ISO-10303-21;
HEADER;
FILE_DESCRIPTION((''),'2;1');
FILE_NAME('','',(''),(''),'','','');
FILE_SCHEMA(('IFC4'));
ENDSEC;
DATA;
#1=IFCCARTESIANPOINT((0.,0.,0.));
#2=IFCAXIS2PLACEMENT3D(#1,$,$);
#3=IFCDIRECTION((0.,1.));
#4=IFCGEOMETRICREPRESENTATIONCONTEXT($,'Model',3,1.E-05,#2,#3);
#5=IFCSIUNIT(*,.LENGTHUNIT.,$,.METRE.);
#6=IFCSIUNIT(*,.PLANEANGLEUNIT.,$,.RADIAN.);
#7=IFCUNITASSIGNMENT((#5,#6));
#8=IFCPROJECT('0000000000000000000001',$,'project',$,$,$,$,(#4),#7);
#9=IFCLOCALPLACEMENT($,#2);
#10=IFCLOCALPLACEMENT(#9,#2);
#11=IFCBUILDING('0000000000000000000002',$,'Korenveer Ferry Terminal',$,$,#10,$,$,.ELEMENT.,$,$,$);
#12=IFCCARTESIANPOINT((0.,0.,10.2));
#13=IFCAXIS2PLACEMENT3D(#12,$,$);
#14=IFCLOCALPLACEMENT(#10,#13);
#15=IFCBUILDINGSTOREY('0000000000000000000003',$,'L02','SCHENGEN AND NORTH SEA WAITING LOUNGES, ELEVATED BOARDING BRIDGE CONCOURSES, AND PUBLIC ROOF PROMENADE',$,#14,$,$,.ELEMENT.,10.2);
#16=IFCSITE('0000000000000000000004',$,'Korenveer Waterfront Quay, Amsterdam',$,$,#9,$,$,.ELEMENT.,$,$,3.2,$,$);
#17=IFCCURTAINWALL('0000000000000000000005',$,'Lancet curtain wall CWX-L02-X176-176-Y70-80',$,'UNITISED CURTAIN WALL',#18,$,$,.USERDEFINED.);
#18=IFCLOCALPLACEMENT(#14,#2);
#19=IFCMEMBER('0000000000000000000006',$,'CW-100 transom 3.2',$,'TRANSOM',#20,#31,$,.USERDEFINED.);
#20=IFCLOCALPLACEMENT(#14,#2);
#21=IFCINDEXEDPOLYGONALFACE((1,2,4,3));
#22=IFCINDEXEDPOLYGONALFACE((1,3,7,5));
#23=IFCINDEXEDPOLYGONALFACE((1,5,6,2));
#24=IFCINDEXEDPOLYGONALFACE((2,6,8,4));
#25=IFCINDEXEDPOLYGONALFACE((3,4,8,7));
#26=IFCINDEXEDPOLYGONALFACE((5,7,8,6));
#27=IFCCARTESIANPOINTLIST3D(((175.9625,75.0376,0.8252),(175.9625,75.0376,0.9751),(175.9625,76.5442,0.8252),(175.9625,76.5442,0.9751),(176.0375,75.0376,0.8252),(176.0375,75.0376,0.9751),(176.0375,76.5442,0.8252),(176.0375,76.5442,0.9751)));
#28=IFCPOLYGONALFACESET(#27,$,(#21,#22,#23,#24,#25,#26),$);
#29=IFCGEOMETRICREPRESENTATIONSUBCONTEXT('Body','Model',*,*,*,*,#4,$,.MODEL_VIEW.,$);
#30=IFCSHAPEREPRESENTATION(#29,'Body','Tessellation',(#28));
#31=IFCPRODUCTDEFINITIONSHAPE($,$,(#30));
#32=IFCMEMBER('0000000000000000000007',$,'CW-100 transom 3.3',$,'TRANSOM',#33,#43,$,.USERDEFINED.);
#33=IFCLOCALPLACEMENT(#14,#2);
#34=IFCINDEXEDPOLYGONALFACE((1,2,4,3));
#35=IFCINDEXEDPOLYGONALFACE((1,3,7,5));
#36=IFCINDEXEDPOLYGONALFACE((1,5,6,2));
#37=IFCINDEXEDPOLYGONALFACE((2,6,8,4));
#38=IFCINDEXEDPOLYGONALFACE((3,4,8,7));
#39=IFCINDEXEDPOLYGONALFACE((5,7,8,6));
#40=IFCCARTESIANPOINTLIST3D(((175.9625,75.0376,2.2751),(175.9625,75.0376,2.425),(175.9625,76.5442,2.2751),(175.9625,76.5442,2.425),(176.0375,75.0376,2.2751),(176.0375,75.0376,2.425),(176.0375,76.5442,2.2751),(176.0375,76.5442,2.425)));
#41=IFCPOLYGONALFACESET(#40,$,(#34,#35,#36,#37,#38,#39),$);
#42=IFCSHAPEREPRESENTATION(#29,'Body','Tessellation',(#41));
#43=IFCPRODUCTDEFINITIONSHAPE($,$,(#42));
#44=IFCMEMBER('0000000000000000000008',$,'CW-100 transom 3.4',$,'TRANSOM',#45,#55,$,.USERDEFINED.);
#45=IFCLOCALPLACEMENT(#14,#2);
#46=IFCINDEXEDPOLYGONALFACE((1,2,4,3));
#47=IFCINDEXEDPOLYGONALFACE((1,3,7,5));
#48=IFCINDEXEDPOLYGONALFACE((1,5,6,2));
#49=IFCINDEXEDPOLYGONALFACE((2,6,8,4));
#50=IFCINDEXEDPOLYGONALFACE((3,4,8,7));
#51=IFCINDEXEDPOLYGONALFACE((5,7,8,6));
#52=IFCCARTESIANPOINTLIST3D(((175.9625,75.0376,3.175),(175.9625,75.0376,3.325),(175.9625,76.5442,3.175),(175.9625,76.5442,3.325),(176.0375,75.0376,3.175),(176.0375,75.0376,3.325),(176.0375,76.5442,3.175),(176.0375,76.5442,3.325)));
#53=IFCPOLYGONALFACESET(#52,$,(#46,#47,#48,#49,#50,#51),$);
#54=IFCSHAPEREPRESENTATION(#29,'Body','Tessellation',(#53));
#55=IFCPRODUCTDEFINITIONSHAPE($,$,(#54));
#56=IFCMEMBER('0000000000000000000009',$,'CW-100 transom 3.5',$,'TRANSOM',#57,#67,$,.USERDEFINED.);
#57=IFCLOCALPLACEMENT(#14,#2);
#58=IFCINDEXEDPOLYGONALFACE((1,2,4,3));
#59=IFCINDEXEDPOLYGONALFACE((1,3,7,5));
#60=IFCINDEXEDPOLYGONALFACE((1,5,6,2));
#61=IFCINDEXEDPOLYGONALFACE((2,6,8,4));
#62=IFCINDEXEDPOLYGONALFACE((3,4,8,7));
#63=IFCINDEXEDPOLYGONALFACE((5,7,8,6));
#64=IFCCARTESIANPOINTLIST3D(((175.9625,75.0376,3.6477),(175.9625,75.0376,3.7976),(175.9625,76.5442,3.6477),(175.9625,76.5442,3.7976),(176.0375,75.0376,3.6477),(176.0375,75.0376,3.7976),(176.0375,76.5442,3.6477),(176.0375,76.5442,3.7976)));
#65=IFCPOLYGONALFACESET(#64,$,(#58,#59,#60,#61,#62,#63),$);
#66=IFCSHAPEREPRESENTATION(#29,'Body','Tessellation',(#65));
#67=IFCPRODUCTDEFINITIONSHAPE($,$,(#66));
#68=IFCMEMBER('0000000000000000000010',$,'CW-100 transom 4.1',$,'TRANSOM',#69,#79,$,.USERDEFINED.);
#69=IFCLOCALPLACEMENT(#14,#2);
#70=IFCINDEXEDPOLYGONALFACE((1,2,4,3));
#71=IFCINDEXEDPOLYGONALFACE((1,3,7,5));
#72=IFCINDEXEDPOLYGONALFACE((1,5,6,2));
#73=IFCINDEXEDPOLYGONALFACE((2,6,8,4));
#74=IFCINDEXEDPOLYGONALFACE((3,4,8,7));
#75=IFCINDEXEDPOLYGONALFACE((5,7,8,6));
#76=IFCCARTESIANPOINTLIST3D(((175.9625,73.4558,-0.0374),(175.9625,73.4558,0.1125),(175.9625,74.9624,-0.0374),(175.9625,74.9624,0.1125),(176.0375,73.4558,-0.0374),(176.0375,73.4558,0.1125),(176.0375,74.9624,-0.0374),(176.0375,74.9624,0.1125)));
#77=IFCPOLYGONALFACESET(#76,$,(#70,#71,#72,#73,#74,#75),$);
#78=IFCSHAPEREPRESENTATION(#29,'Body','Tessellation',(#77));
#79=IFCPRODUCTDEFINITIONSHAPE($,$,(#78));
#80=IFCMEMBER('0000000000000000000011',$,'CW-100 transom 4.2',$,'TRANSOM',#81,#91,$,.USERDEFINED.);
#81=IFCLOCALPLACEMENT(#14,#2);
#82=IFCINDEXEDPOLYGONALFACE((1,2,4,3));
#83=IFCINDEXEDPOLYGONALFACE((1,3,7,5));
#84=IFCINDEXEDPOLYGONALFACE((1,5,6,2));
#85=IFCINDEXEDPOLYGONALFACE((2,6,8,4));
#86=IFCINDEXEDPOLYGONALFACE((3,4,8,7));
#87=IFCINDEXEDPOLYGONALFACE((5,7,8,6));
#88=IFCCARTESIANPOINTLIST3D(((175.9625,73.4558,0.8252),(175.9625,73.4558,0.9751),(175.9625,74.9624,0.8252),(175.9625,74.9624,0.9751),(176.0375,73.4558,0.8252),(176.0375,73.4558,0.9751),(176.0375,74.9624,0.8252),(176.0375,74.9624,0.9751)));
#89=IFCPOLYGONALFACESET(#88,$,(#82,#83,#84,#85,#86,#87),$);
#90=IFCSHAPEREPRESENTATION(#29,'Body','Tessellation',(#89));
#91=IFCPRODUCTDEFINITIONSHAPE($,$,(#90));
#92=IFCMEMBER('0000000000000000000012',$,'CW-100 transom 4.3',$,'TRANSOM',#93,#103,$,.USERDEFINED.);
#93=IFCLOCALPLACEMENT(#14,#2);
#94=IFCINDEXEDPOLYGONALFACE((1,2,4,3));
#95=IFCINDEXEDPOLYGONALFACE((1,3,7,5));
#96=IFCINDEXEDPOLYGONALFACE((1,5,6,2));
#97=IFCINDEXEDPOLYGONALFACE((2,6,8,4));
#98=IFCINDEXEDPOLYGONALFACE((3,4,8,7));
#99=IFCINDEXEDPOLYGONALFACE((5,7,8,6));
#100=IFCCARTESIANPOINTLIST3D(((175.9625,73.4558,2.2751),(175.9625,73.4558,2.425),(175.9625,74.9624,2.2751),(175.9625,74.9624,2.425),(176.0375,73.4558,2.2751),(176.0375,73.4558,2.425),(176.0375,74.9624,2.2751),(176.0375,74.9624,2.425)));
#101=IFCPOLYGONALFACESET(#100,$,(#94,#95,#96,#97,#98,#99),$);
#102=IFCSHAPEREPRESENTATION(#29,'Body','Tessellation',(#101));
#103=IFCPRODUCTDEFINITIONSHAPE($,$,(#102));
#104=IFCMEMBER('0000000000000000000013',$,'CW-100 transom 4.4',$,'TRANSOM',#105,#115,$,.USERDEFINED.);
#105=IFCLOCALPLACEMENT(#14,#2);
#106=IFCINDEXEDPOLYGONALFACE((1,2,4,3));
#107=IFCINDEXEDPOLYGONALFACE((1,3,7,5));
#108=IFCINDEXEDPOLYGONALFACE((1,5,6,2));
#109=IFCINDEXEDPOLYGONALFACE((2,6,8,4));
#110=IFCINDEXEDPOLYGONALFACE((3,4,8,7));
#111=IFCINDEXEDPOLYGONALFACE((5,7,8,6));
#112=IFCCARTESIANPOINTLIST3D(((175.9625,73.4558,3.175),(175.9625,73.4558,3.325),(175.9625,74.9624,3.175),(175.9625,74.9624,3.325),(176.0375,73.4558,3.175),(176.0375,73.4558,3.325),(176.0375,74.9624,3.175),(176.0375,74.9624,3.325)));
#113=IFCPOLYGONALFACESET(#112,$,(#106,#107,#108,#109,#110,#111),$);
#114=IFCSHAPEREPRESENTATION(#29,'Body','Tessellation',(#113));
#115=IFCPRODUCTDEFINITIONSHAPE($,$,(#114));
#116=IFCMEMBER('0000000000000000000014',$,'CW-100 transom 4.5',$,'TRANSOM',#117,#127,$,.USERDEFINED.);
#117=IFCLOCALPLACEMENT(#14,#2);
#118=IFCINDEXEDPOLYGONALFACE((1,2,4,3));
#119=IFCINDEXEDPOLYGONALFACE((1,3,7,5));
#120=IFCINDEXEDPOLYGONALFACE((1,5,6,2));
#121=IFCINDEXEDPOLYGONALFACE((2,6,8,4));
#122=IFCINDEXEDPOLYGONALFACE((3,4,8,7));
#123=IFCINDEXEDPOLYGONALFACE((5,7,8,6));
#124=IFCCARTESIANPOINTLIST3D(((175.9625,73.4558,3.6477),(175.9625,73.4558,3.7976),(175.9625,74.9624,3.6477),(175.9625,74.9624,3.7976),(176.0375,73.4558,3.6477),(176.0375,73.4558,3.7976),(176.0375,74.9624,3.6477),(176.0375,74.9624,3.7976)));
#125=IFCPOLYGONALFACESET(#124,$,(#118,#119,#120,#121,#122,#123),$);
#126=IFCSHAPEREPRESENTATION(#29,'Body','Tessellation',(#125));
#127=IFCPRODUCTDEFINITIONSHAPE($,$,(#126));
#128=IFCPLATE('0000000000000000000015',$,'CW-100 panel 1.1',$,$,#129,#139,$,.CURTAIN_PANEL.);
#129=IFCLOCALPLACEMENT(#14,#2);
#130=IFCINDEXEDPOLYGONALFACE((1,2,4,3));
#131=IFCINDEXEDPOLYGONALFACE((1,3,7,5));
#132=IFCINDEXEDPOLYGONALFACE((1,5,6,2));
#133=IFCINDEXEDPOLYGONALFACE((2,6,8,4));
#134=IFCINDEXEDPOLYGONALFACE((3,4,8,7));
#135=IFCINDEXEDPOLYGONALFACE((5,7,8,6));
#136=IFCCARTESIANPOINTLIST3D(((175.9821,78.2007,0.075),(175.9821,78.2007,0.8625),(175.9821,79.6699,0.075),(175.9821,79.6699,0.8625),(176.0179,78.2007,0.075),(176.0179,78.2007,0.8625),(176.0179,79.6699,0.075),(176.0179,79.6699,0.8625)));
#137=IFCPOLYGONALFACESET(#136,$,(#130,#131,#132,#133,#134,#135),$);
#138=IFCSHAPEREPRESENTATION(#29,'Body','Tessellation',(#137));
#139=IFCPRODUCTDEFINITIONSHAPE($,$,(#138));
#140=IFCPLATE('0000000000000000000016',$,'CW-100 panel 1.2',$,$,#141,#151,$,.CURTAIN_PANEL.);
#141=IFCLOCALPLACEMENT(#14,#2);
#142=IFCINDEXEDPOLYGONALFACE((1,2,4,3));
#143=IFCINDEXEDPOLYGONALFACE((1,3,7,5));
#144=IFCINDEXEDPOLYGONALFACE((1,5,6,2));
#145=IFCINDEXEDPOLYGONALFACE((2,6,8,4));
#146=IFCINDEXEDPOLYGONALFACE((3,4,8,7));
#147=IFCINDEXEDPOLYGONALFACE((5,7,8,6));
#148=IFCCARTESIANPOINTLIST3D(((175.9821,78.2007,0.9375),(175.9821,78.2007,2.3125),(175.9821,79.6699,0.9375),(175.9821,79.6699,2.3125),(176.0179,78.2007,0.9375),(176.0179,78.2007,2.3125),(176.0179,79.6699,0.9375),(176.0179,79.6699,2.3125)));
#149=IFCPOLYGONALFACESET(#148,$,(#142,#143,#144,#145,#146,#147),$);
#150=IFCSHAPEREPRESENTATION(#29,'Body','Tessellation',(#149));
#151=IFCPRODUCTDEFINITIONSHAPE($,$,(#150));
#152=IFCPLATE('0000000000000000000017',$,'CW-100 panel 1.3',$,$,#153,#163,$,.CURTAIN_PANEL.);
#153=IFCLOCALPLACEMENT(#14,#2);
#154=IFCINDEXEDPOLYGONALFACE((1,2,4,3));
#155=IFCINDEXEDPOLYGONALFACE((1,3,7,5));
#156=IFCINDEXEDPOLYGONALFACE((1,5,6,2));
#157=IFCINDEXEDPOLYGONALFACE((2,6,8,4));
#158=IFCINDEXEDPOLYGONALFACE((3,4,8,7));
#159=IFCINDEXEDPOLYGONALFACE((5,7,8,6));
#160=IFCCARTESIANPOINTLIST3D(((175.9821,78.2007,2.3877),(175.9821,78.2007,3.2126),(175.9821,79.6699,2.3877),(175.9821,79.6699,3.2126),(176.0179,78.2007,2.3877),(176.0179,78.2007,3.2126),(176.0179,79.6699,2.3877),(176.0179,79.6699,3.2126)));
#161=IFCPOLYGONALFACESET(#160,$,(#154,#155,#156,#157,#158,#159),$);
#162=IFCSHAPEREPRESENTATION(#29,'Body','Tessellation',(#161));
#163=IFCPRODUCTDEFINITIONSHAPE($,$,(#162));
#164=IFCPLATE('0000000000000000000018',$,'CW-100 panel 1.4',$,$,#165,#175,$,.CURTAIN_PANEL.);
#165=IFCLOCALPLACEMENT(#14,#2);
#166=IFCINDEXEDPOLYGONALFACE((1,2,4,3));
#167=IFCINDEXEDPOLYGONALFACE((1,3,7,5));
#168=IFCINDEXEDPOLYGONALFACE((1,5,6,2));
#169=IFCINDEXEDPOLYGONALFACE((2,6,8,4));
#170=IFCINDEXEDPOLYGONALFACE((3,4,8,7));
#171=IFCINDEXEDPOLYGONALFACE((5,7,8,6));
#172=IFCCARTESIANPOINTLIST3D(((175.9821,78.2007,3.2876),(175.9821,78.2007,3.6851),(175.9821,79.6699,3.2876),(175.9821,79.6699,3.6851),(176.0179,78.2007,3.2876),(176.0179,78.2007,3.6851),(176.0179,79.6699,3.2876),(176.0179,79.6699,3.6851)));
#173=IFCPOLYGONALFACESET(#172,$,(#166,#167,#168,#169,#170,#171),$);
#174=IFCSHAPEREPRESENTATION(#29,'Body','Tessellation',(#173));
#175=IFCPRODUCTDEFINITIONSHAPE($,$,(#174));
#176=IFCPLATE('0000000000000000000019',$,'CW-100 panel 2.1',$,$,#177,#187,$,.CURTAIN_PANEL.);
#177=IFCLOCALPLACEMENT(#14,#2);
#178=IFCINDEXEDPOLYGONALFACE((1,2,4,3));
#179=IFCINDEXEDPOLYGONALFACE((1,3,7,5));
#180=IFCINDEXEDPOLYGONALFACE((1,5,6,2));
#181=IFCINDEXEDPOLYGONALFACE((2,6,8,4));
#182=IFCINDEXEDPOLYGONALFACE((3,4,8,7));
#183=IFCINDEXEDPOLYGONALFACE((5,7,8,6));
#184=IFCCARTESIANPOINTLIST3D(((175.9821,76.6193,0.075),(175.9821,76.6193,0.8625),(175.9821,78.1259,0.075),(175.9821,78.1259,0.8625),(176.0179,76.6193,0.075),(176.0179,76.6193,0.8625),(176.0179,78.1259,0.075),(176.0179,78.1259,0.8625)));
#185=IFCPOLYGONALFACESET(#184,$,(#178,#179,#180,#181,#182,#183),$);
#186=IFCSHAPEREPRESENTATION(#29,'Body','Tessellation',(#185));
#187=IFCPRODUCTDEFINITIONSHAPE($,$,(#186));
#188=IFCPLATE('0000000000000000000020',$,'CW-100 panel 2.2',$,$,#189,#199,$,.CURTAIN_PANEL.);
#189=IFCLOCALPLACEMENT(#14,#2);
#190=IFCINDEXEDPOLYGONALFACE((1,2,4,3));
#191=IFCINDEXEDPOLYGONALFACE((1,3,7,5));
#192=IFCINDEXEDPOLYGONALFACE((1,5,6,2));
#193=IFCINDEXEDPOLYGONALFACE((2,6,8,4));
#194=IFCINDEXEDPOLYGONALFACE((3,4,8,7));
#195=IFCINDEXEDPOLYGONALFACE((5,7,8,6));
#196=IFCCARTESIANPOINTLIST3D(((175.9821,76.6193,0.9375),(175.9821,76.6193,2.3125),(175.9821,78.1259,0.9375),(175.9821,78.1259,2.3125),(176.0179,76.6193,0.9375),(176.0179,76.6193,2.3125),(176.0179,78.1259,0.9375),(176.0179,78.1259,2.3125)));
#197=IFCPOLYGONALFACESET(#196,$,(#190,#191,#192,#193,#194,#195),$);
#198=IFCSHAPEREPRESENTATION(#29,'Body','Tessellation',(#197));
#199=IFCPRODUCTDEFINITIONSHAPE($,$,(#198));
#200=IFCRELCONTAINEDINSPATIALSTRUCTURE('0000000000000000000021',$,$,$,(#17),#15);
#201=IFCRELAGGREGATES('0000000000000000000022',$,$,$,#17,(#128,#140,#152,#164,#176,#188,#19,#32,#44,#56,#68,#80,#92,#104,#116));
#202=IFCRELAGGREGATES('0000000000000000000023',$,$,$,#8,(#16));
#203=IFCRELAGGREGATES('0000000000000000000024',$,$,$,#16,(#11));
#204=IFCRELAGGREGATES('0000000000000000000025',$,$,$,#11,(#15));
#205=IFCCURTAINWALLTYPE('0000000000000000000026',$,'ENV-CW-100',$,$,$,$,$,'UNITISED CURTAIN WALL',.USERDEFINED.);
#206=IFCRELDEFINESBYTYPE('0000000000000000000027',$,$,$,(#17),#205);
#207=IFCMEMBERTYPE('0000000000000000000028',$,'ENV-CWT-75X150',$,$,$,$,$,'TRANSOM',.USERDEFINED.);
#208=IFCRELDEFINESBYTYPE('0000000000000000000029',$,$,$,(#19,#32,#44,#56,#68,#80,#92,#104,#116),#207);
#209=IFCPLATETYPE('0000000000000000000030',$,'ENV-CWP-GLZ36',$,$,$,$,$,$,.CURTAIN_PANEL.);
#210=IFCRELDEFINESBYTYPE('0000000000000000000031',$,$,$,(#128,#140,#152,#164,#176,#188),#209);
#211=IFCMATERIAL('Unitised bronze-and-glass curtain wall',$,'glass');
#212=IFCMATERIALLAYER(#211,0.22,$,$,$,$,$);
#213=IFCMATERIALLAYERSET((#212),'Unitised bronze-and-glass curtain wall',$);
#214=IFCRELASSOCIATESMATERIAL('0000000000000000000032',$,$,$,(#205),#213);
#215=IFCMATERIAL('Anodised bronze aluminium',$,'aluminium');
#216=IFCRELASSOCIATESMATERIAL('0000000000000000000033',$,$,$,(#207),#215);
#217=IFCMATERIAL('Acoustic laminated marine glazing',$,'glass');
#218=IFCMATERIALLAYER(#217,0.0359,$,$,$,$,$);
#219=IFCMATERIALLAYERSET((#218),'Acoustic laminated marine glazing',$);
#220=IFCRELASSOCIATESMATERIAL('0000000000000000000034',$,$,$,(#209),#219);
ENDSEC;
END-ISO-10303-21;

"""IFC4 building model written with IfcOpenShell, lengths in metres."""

from ifc_helpers import new_model, si_unit, direction, frame, origin, origin_2d, place, context, subcontext, project, spatial, rectangle, extrude, material, layer, layer_set, material_profile, profile_set, type_object, element, aggregate, save


model = new_model("IFC4")

# Units and contexts
model_context = context("Model", 3, precision=1e-05, world=origin(), true_north=direction((0.0, 1.0)))
body_context = subcontext(model_context, "Body", "Model", "MODEL_VIEW")
ifc_project = project(units=[si_unit("LENGTHUNIT", "METRE"), si_unit("PLANEANGLEUNIT", "RADIAN")], contexts=[model_context])

# Site, building, storey
site_placement = place(None, origin())
site = spatial("IfcSite", under=ifc_project, at=site_placement, Name="Korenveer Waterfront Quay, Amsterdam", CompositionType="ELEMENT", RefElevation=3.2)
building_placement = place(site_placement, origin())
building = spatial("IfcBuilding", under=site, at=building_placement, Name="Korenveer Ferry Terminal", CompositionType="ELEMENT")
storey_placement = place(building_placement, frame((0.0, 0.0, 10.2)))
storey = spatial("IfcBuildingStorey", under=building, at=storey_placement, Name="L02", Description="SCHENGEN AND NORTH SEA WAITING LOUNGES, ELEVATED BOARDING BRIDGE CONCOURSES, AND PUBLIC ROOF PROMENADE", CompositionType="ELEMENT", Elevation=10.2)

# Curtain wall, members, plates
ifc_material_1 = material(Name="Unitised bronze-and-glass curtain wall", Category="glass")
ifc_layer_1 = layer(ifc_material_1, 0.22)
ifc_layer_set_1 = layer_set([ifc_layer_1], Name="Unitised bronze-and-glass curtain wall")
curtain_wall_type = type_object("IfcCurtainWallType", Name="ENV-CW-100", ElementType="UNITISED CURTAIN WALL", PredefinedType="USERDEFINED", material=ifc_layer_set_1)
curtain_wall_placement = place(storey_placement, frame((176.0, 79.7451, 0.0)))
curtain_wall = element("IfcCurtainWall", 1, at=curtain_wall_placement, inside=storey, type_object=curtain_wall_type, Name="Lancet curtain wall CWX-L02-X176-176-Y70-80", ObjectType="UNITISED CURTAIN WALL", PredefinedType="USERDEFINED")
ifc_material_2 = material(Name="Anodised bronze aluminium", Category="aluminium")
ifc_material_profile_1 = material_profile(ifc_material_2, rectangle(XDim=0.075, YDim=0.1499, at=origin_2d()), Name="ALU 75x150")
ifc_profile_set_1 = profile_set([ifc_material_profile_1], Name="Anodised bronze aluminium")
member_type_1 = type_object("IfcMemberType", Name="ENV-CWT-75X150", ElementType="TRANSOM", PredefinedType="USERDEFINED", material=ifc_profile_set_1)
member_1_placement = place(storey_placement, frame((176.0, 76.5442, 0.9001), z_axis=(0.0, -1.0, 0.0), x_axis=(1.0, 0.0, 0.0)))
member_1 = element("IfcMember", 2, at=member_1_placement, type_object=member_type_1, Name="CW-100 transom 3.2", ObjectType="TRANSOM", PredefinedType="USERDEFINED", context=body_context, shape_type="SweptSolid", body=[
    extrude(rectangle(XDim=0.075, YDim=0.1499, at=origin_2d()), origin(), (0.0, 0.0, 1.0), 1.5066),
])
member_2_placement = place(storey_placement, frame((176.0, 76.5442, 2.3501), z_axis=(0.0, -1.0, 0.0), x_axis=(1.0, 0.0, 0.0)))
member_2 = element("IfcMember", 3, at=member_2_placement, type_object=member_type_1, Name="CW-100 transom 3.3", ObjectType="TRANSOM", PredefinedType="USERDEFINED", context=body_context, shape_type="SweptSolid", body=[
    extrude(rectangle(XDim=0.075, YDim=0.1499, at=origin_2d()), origin(), (0.0, 0.0, 1.0), 1.5066),
])
member_3_placement = place(storey_placement, frame((176.0, 76.5442, 3.25), z_axis=(0.0, -1.0, 0.0), x_axis=(1.0, 0.0, 0.0)))
member_3 = element("IfcMember", 4, at=member_3_placement, type_object=member_type_1, Name="CW-100 transom 3.4", ObjectType="TRANSOM", PredefinedType="USERDEFINED", context=body_context, shape_type="SweptSolid", body=[
    extrude(rectangle(XDim=0.075, YDim=0.1499, at=origin_2d()), origin(), (0.0, 0.0, 1.0), 1.5066),
])
member_4_placement = place(storey_placement, frame((176.0, 76.5442, 3.7227), z_axis=(0.0, -1.0, 0.0), x_axis=(1.0, 0.0, 0.0)))
member_4 = element("IfcMember", 5, at=member_4_placement, type_object=member_type_1, Name="CW-100 transom 3.5", ObjectType="TRANSOM", PredefinedType="USERDEFINED", context=body_context, shape_type="SweptSolid", body=[
    extrude(rectangle(XDim=0.075, YDim=0.1499, at=origin_2d()), origin(), (0.0, 0.0, 1.0), 1.5066),
])
member_5_placement = place(storey_placement, frame((176.0, 74.9624, 0.0376), z_axis=(0.0, -1.0, 0.0), x_axis=(1.0, 0.0, 0.0)))
member_5 = element("IfcMember", 6, at=member_5_placement, type_object=member_type_1, Name="CW-100 transom 4.1", ObjectType="TRANSOM", PredefinedType="USERDEFINED", context=body_context, shape_type="SweptSolid", body=[
    extrude(rectangle(XDim=0.075, YDim=0.1499, at=origin_2d()), origin(), (0.0, 0.0, 1.0), 1.5066),
])
member_6_placement = place(storey_placement, frame((176.0, 74.9624, 0.9001), z_axis=(0.0, -1.0, 0.0), x_axis=(1.0, 0.0, 0.0)))
member_6 = element("IfcMember", 7, at=member_6_placement, type_object=member_type_1, Name="CW-100 transom 4.2", ObjectType="TRANSOM", PredefinedType="USERDEFINED", context=body_context, shape_type="SweptSolid", body=[
    extrude(rectangle(XDim=0.075, YDim=0.1499, at=origin_2d()), origin(), (0.0, 0.0, 1.0), 1.5066),
])
member_7_placement = place(storey_placement, frame((176.0, 74.9624, 2.3501), z_axis=(0.0, -1.0, 0.0), x_axis=(1.0, 0.0, 0.0)))
member_7 = element("IfcMember", 8, at=member_7_placement, type_object=member_type_1, Name="CW-100 transom 4.3", ObjectType="TRANSOM", PredefinedType="USERDEFINED", context=body_context, shape_type="SweptSolid", body=[
    extrude(rectangle(XDim=0.075, YDim=0.1499, at=origin_2d()), origin(), (0.0, 0.0, 1.0), 1.5066),
])
member_8_placement = place(storey_placement, frame((176.0, 74.9624, 3.25), z_axis=(0.0, -1.0, 0.0), x_axis=(1.0, 0.0, 0.0)))
member_8 = element("IfcMember", 9, at=member_8_placement, type_object=member_type_1, Name="CW-100 transom 4.4", ObjectType="TRANSOM", PredefinedType="USERDEFINED", context=body_context, shape_type="SweptSolid", body=[
    extrude(rectangle(XDim=0.075, YDim=0.1499, at=origin_2d()), origin(), (0.0, 0.0, 1.0), 1.5066),
])
member_9_placement = place(storey_placement, frame((176.0, 74.9624, 3.7227), z_axis=(0.0, -1.0, 0.0), x_axis=(1.0, 0.0, 0.0)))
member_9 = element("IfcMember", 10, at=member_9_placement, type_object=member_type_1, Name="CW-100 transom 4.5", ObjectType="TRANSOM", PredefinedType="USERDEFINED", context=body_context, shape_type="SweptSolid", body=[
    extrude(rectangle(XDim=0.075, YDim=0.1499, at=origin_2d()), origin(), (0.0, 0.0, 1.0), 1.5066),
])
ifc_material_3 = material(Name="Acoustic laminated marine glazing", Category="glass")
ifc_layer_2 = layer(ifc_material_3, 0.0359)
ifc_layer_set_2 = layer_set([ifc_layer_2], Name="Acoustic laminated marine glazing")
plate_type = type_object("IfcPlateType", Name="ENV-CWP-GLZ36", PredefinedType="CURTAIN_PANEL", material=ifc_layer_set_2)
plate_1_placement = place(storey_placement, frame((176.0, 78.9353, 0.075), z_axis=(0.0, 0.0, 1.0), x_axis=(0.0, -1.0, 0.0)))
plate_1 = element("IfcPlate", 11, at=plate_1_placement, type_object=plate_type, Name="CW-100 panel 1.1", PredefinedType="CURTAIN_PANEL", context=body_context, shape_type="SweptSolid", body=[
    extrude(rectangle(XDim=1.4692, YDim=0.0359, at=origin_2d()), origin(), (0.0, 0.0, 1.0), 0.7876),
])
plate_2_placement = place(storey_placement, frame((176.0, 78.9353, 0.9375), z_axis=(0.0, 0.0, 1.0), x_axis=(0.0, -1.0, 0.0)))
plate_2 = element("IfcPlate", 12, at=plate_2_placement, type_object=plate_type, Name="CW-100 panel 1.2", PredefinedType="CURTAIN_PANEL", context=body_context, shape_type="SweptSolid", body=[
    extrude(rectangle(XDim=1.4692, YDim=0.0359, at=origin_2d()), origin(), (0.0, 0.0, 1.0), 1.375),
])
plate_3_placement = place(storey_placement, frame((176.0, 78.9353, 2.3877), z_axis=(0.0, 0.0, 1.0), x_axis=(0.0, -1.0, 0.0)))
plate_3 = element("IfcPlate", 13, at=plate_3_placement, type_object=plate_type, Name="CW-100 panel 1.3", PredefinedType="CURTAIN_PANEL", context=body_context, shape_type="SweptSolid", body=[
    extrude(rectangle(XDim=1.4692, YDim=0.0359, at=origin_2d()), origin(), (0.0, 0.0, 1.0), 0.825),
])
plate_4_placement = place(storey_placement, frame((176.0, 78.9353, 3.2876), z_axis=(0.0, 0.0, 1.0), x_axis=(0.0, -1.0, 0.0)))
plate_4 = element("IfcPlate", 14, at=plate_4_placement, type_object=plate_type, Name="CW-100 panel 1.4", PredefinedType="CURTAIN_PANEL", context=body_context, shape_type="SweptSolid", body=[
    extrude(rectangle(XDim=1.4692, YDim=0.0359, at=origin_2d()), origin(), (0.0, 0.0, 1.0), 0.3975),
])
plate_5_placement = place(storey_placement, frame((176.0, 77.3726, 0.075), z_axis=(0.0, 0.0, 1.0), x_axis=(0.0, -1.0, 0.0)))
plate_5 = element("IfcPlate", 15, at=plate_5_placement, type_object=plate_type, Name="CW-100 panel 2.1", PredefinedType="CURTAIN_PANEL", context=body_context, shape_type="SweptSolid", body=[
    extrude(rectangle(XDim=1.5066, YDim=0.0359, at=origin_2d()), origin(), (0.0, 0.0, 1.0), 0.7876),
])
plate_6_placement = place(storey_placement, frame((176.0, 77.3726, 0.9375), z_axis=(0.0, 0.0, 1.0), x_axis=(0.0, -1.0, 0.0)))
plate_6 = element("IfcPlate", 16, at=plate_6_placement, type_object=plate_type, Name="CW-100 panel 2.2", PredefinedType="CURTAIN_PANEL", context=body_context, shape_type="SweptSolid", body=[
    extrude(rectangle(XDim=1.5066, YDim=0.0359, at=origin_2d()), origin(), (0.0, 0.0, 1.0), 1.375),
])
aggregate(curtain_wall, [plate_1, plate_2, plate_3, plate_4, plate_5, plate_6, member_1, member_2, member_3, member_4, member_5, member_6, member_7, member_8, member_9])

save(model, "model.ifc")
